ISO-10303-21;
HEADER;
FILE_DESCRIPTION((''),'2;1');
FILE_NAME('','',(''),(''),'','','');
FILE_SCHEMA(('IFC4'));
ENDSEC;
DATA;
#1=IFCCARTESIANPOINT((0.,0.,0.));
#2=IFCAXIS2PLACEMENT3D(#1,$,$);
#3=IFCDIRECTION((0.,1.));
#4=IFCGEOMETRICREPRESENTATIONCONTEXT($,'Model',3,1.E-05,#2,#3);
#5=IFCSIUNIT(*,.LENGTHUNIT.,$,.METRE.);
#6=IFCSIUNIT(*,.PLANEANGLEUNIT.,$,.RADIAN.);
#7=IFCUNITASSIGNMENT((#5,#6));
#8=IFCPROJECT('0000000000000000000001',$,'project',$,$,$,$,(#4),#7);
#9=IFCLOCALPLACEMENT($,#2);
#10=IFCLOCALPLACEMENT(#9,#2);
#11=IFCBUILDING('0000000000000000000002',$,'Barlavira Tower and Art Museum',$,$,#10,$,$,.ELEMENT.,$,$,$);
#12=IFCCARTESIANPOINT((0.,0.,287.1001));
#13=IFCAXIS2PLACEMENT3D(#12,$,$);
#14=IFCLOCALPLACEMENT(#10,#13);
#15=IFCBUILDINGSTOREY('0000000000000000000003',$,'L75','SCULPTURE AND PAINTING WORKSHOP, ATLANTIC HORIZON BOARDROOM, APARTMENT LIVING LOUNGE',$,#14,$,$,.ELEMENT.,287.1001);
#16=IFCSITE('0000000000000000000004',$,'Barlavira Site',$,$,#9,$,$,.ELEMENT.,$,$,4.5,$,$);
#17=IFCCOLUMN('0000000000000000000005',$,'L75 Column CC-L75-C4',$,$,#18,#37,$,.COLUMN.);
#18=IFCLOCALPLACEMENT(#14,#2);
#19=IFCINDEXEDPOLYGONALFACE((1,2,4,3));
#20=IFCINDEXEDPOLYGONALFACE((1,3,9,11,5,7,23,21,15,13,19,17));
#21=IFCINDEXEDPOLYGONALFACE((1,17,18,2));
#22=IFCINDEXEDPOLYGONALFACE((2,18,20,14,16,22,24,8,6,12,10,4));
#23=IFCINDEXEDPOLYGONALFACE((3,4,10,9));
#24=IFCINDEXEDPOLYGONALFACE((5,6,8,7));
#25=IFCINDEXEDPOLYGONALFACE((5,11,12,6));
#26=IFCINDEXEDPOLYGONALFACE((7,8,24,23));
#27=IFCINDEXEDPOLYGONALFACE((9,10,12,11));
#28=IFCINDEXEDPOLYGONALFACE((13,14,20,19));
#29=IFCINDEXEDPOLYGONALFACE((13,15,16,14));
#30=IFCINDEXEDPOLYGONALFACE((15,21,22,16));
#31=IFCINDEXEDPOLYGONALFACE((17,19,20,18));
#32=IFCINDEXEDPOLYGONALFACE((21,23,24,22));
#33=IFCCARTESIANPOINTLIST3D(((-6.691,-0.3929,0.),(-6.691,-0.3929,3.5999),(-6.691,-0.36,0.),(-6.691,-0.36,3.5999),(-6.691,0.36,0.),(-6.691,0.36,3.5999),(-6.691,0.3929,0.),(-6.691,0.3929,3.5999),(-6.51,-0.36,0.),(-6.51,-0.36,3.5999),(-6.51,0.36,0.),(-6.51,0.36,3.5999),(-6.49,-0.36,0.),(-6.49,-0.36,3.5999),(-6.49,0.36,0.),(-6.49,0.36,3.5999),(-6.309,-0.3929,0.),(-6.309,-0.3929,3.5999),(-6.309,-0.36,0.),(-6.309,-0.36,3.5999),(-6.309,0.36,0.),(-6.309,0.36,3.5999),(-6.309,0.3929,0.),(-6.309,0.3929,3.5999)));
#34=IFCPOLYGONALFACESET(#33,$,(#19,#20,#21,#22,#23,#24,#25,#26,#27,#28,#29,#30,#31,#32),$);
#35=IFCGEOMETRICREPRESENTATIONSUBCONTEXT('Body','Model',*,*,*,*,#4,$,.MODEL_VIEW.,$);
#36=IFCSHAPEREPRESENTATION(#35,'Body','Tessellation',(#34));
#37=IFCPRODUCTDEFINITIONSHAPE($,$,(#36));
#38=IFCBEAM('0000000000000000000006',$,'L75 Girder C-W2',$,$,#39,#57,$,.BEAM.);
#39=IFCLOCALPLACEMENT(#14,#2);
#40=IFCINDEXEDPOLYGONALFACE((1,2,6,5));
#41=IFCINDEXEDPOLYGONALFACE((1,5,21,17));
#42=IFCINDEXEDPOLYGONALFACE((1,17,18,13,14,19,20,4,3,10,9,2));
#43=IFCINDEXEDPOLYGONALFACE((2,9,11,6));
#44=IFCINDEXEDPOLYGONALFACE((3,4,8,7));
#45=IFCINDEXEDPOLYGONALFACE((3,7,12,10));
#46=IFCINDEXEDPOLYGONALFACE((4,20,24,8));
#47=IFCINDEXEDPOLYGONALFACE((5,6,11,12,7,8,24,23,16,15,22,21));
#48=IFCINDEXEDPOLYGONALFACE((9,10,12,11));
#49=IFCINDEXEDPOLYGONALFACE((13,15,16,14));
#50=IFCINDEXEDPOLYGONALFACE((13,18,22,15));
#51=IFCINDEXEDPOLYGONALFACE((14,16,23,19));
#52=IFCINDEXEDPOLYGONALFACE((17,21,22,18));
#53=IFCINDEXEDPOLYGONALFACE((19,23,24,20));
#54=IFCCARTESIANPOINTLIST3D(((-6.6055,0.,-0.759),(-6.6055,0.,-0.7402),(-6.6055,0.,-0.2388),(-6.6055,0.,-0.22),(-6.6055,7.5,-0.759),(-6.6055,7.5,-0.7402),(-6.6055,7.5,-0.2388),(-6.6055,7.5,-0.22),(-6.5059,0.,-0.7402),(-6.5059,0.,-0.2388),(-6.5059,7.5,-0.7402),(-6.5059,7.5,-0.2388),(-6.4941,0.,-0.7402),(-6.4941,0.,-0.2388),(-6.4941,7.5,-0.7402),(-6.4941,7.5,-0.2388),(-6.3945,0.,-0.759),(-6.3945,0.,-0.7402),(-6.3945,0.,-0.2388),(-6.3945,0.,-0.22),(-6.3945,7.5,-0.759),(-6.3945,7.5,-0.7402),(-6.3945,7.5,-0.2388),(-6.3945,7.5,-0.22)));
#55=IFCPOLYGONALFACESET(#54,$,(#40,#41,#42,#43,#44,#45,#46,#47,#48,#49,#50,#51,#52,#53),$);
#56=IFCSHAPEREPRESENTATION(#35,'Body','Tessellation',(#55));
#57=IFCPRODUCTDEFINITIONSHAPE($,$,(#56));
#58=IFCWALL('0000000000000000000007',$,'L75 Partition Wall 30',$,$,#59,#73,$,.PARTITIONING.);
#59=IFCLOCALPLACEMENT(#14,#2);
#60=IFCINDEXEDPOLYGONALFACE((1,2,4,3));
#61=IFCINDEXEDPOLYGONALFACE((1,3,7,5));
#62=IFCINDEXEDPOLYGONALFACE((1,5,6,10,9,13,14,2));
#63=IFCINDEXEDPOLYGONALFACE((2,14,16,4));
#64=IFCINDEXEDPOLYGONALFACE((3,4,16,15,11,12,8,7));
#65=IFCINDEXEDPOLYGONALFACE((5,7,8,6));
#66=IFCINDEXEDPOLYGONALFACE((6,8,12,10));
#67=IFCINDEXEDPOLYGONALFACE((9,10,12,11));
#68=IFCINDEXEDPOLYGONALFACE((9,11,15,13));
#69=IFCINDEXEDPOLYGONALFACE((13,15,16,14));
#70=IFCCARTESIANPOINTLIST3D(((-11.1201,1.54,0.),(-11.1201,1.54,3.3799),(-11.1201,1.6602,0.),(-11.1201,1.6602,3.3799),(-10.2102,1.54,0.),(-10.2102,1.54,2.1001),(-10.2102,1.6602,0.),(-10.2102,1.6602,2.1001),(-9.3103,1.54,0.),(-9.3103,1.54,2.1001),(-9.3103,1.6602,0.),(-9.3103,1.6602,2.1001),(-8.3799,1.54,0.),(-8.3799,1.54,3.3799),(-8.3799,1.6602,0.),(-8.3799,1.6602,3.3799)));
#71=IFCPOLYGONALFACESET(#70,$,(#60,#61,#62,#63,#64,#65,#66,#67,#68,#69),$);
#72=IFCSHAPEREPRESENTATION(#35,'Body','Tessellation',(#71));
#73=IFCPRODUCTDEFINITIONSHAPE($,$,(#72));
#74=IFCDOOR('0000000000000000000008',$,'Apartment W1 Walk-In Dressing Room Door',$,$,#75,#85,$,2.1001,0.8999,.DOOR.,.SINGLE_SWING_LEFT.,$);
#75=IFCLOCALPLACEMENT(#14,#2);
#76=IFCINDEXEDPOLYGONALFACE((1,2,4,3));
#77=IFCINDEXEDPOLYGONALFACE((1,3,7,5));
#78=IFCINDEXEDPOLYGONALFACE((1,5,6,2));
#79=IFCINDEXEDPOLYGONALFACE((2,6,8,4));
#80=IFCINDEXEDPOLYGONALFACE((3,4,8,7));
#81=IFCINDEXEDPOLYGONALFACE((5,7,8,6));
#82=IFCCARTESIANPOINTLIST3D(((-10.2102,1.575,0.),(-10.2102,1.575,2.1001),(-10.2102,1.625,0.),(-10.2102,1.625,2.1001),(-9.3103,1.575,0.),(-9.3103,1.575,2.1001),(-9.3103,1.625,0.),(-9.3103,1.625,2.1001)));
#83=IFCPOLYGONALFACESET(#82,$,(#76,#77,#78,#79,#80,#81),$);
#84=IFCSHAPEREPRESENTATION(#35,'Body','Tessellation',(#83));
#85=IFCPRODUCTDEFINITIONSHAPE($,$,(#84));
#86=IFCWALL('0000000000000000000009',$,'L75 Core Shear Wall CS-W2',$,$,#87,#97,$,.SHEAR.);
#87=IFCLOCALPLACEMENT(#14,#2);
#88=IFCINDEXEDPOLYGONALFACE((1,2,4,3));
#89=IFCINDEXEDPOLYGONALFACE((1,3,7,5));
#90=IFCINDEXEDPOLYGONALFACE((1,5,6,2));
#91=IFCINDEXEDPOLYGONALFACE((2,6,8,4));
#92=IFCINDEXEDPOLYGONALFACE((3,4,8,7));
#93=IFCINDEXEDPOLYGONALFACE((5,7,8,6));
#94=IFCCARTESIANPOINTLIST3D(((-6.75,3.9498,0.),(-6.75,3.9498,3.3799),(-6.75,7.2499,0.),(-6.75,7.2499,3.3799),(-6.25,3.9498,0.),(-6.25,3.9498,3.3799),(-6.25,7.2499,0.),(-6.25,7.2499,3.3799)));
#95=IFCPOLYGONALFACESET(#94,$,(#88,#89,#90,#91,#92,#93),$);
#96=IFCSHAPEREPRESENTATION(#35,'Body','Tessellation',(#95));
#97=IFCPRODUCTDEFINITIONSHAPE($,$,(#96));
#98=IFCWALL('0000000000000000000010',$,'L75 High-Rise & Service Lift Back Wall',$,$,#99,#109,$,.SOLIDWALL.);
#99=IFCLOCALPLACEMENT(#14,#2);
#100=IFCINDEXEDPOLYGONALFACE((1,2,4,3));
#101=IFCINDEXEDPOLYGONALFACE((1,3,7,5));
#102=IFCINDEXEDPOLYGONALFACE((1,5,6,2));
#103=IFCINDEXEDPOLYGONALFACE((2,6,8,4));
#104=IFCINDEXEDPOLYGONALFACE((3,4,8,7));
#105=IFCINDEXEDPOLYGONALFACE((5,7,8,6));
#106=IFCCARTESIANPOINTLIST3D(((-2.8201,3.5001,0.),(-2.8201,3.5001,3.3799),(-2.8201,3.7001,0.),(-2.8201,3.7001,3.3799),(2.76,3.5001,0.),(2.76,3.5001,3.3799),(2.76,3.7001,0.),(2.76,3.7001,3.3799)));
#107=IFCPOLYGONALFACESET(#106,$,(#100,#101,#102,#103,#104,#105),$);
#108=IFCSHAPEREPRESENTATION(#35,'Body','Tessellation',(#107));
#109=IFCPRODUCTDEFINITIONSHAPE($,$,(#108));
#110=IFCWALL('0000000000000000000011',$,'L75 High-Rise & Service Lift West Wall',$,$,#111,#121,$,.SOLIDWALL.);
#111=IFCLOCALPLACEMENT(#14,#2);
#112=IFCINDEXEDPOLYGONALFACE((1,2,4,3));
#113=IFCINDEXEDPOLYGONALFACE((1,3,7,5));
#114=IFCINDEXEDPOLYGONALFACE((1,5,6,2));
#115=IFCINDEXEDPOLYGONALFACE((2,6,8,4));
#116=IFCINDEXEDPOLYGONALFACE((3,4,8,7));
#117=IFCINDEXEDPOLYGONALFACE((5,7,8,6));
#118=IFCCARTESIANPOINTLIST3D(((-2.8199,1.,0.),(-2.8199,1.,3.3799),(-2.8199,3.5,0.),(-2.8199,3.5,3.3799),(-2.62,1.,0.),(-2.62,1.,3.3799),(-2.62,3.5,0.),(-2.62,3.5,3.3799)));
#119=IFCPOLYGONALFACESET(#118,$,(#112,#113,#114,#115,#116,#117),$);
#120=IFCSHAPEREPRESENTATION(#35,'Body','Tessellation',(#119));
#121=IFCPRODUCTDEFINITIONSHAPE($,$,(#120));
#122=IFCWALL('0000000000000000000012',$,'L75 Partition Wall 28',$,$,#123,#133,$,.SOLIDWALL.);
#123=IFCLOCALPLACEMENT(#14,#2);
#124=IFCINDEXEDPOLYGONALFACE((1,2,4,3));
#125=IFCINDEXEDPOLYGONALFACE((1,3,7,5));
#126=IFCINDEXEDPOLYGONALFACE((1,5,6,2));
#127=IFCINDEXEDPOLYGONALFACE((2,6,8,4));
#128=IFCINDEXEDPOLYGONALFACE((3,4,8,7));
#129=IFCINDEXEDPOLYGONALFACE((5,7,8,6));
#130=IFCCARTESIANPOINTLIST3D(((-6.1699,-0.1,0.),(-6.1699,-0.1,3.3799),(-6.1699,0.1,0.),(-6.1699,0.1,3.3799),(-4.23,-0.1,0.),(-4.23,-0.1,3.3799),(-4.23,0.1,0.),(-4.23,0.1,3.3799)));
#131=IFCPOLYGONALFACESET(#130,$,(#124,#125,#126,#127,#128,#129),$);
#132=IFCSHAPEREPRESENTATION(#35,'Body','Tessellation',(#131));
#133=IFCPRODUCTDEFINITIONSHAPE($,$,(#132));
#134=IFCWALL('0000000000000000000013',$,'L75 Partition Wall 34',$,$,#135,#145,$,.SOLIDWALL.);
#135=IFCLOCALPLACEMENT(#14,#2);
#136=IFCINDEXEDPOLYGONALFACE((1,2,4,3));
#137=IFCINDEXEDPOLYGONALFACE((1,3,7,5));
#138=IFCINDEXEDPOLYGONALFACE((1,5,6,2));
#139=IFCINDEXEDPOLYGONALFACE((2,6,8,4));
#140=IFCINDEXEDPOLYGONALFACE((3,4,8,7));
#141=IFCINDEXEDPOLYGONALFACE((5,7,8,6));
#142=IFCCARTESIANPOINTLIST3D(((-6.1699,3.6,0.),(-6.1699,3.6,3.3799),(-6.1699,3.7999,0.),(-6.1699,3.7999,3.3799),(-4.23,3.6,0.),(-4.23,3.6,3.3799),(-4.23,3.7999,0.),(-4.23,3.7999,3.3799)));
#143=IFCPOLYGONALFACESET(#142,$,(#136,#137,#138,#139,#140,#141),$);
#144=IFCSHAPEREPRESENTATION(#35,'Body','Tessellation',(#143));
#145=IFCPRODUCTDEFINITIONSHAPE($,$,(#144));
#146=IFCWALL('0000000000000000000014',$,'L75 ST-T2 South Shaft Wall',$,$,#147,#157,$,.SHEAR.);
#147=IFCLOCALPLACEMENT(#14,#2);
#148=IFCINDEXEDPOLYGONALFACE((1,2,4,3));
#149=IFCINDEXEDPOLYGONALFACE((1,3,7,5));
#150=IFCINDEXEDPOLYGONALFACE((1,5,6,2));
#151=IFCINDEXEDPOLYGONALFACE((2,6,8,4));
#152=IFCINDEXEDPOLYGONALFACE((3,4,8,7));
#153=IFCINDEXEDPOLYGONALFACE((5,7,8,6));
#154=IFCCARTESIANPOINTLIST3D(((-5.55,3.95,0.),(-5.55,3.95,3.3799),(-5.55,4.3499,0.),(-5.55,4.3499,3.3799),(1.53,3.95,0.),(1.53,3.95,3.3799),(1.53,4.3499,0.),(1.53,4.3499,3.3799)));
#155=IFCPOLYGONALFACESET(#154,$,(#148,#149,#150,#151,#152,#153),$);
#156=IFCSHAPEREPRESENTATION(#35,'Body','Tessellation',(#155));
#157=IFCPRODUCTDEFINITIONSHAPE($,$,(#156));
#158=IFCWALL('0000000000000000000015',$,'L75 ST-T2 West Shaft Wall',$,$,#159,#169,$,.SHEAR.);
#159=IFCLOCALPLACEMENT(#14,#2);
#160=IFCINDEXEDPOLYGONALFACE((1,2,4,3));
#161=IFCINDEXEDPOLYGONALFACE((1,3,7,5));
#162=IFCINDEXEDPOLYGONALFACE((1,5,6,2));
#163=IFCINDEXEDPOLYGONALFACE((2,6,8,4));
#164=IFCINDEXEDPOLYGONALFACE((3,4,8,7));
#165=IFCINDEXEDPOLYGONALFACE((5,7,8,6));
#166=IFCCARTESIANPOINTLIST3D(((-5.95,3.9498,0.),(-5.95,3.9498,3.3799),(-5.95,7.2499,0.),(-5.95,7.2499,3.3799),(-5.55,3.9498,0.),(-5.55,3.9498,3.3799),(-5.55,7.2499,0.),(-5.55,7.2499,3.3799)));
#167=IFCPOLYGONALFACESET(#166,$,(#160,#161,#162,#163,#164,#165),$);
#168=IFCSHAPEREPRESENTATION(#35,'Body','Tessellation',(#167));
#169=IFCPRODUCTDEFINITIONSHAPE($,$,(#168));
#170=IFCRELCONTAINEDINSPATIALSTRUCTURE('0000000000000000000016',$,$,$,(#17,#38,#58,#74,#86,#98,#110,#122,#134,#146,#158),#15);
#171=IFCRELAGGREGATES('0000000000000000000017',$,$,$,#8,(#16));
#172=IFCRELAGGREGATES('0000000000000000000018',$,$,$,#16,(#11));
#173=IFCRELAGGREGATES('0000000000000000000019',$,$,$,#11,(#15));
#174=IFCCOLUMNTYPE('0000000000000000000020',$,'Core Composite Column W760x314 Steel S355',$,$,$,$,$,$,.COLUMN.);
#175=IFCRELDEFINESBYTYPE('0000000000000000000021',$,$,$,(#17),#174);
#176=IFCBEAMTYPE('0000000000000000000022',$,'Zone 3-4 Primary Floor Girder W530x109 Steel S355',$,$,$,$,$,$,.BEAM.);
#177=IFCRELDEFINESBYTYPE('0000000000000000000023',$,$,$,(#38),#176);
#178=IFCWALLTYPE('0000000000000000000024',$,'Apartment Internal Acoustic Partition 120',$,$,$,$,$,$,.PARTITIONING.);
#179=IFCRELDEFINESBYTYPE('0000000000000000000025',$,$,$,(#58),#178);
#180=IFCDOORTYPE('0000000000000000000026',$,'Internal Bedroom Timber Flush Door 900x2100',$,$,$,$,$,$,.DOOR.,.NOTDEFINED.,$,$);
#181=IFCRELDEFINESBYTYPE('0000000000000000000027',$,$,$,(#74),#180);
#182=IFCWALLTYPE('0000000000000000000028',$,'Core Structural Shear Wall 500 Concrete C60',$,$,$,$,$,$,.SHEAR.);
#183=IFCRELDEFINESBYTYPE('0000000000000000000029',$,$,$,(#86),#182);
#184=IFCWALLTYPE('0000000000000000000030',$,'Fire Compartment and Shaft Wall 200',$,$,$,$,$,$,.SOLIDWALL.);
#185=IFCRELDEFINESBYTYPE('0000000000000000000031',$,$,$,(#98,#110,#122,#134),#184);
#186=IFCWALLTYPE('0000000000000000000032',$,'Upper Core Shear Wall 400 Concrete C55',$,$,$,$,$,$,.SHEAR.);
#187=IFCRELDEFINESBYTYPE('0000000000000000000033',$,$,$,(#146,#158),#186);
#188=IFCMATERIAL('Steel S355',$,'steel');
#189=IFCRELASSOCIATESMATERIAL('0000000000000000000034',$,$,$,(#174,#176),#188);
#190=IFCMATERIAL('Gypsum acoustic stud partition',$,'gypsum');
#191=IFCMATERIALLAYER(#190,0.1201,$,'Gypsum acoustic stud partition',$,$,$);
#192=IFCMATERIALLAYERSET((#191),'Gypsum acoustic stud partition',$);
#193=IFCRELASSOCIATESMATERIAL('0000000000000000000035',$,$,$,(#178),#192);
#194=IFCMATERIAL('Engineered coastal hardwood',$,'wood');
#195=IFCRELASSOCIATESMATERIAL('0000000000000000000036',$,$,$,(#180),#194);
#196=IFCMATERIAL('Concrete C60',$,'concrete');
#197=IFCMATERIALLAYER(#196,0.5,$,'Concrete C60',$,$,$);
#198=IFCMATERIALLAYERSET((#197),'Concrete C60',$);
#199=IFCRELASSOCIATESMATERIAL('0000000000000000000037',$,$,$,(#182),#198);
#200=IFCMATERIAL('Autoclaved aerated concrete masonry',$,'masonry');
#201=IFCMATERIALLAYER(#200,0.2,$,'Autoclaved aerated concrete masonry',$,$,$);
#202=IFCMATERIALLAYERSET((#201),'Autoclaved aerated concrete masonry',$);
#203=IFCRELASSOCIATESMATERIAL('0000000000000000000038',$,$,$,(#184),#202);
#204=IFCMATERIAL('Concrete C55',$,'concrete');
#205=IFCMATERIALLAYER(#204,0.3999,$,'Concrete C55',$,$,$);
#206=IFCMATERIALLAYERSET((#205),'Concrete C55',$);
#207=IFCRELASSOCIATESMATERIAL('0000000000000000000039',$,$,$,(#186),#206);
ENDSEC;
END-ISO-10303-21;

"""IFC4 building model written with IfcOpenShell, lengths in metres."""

from ifc_helpers import new_model, si_unit, direction, frame, frame_2d, origin, origin_2d, place, context, subcontext, project, spatial, rectangle, i_section, extrude, material, layer, layer_set, material_profile, profile_set, type_object, element, fill, save


model = new_model("IFC4")

# Units and contexts
model_context = context("Model", 3, precision=1e-05, world=origin(), true_north=direction((0.0, 1.0)))
body_context = subcontext(model_context, "Body", "Model", "MODEL_VIEW")
ifc_project = project(units=[si_unit("LENGTHUNIT", "METRE"), si_unit("PLANEANGLEUNIT", "RADIAN")], contexts=[model_context])

# Site, building, storey
site_placement = place(None, origin())
site = spatial("IfcSite", under=ifc_project, at=site_placement, Name="Barlavira Site", CompositionType="ELEMENT", RefElevation=4.5)
building_placement = place(site_placement, origin())
building = spatial("IfcBuilding", under=site, at=building_placement, Name="Barlavira Tower and Art Museum", CompositionType="ELEMENT")
storey_placement = place(building_placement, frame((0.0, 0.0, 287.1001)))
storey = spatial("IfcBuildingStorey", under=building, at=storey_placement, Name="L75", Description="SCULPTURE AND PAINTING WORKSHOP, ATLANTIC HORIZON BOARDROOM, APARTMENT LIVING LOUNGE", CompositionType="ELEMENT", Elevation=287.1001)

# Column
ifc_material_1 = material(Name="Steel S355", Category="steel")
ifc_material_profile_1 = material_profile(ifc_material_1, i_section(OverallWidth=0.3821, OverallDepth=0.7859, WebThickness=0.02, FlangeThickness=0.033, at=origin_2d()), Name="W760x314.0")
ifc_profile_set_1 = profile_set([ifc_material_profile_1], Name="Steel S355")
column_type = type_object("IfcColumnType", Name="Core Composite Column W760x314 Steel S355", PredefinedType="COLUMN", material=ifc_profile_set_1)
column_placement = place(storey_placement, frame((-6.5, 0.0, 0.0), z_axis=(0.0, 0.0, 1.0), x_axis=(1.0, 0.0, 0.0)))
element("IfcColumn", 1, at=column_placement, inside=storey, type_object=column_type, Name="L75 Column CC-L75-C4", PredefinedType="COLUMN", context=body_context, shape_type="SweptSolid", body=[
    extrude(i_section(OverallWidth=0.3821, OverallDepth=0.7859, WebThickness=0.02, FlangeThickness=0.033, at=origin_2d()), origin(), (0.0, 0.0, 1.0), 3.5999),
])

# Beam
ifc_material_profile_2 = material_profile(ifc_material_1, i_section(OverallWidth=0.2109, OverallDepth=0.5391, WebThickness=0.0117, FlangeThickness=0.0188, at=origin_2d()), Name="W530x109.0")
ifc_profile_set_2 = profile_set([ifc_material_profile_2], Name="Steel S355")
beam_type = type_object("IfcBeamType", Name="Zone 3-4 Primary Floor Girder W530x109 Steel S355", PredefinedType="BEAM", material=ifc_profile_set_2)
beam_placement = place(storey_placement, frame((-6.5, 0.0, -0.4895), z_axis=(0.0, 1.0, 0.0), x_axis=(-1.0, 0.0, 0.0)))
element("IfcBeam", 2, at=beam_placement, inside=storey, type_object=beam_type, Name="L75 Girder C-W2", PredefinedType="BEAM", context=body_context, shape_type="SweptSolid", body=[
    extrude(i_section(OverallWidth=0.2109, OverallDepth=0.5391, WebThickness=0.0117, FlangeThickness=0.0188, at=origin_2d()), origin(), (0.0, 0.0, 1.0), 7.5),
])

# Wall, opening, door
ifc_material_2 = material(Name="Gypsum acoustic stud partition", Category="gypsum")
ifc_layer_1 = layer(ifc_material_2, 0.1201, Name="Gypsum acoustic stud partition")
ifc_layer_set_1 = layer_set([ifc_layer_1], Name="Gypsum acoustic stud partition")
wall_type_1 = type_object("IfcWallType", Name="Apartment Internal Acoustic Partition 120", PredefinedType="PARTITIONING", material=ifc_layer_set_1)
wall_1_placement = place(storey_placement, frame((-11.1201, 1.6001, 0.0), z_axis=(0.0, 0.0, 1.0), x_axis=(1.0, 0.0, 0.0)))
wall_1 = element("IfcWall", 3, at=wall_1_placement, inside=storey, type_object=wall_type_1, Name="L75 Partition Wall 30", PredefinedType="PARTITIONING", context=body_context, shape_type="SweptSolid", body=[
    extrude(rectangle(XDim=2.7402, YDim=0.1201, at=frame_2d((1.3701, 0.0))), origin(), (0.0, 0.0, 1.0), 3.3799),
])
opening_1_placement = place(wall_1_placement, frame((0.9099, 0.0, 0.0)))
opening_1 = element("IfcOpeningElement", 4, at=opening_1_placement, cuts=wall_1, PredefinedType="OPENING", context=body_context, shape_type="SweptSolid", body=[
    extrude(rectangle(XDim=0.8999, YDim=2.1001, at=frame_2d((0.45, 1.05))), frame((0.0, 0.0701, 0.0), z_axis=(0.0, -1.0, 0.0), x_axis=(1.0, 0.0, 0.0)), (0.0, 0.0, 1.0), 0.1401),
])
ifc_material_3 = material(Name="Engineered coastal hardwood", Category="wood")
door_type_1 = type_object("IfcDoorType", Name="Internal Bedroom Timber Flush Door 900x2100", OperationType="NOTDEFINED", PredefinedType="DOOR", material=ifc_material_3)
door_1_placement = place(opening_1_placement, origin())
door_1 = element("IfcDoor", 5, at=door_1_placement, inside=storey, type_object=door_type_1, Name="Apartment W1 Walk-In Dressing Room Door", OperationType="SINGLE_SWING_LEFT", OverallHeight=2.1001, OverallWidth=0.8999, PredefinedType="DOOR", context=body_context, shape_type="SweptSolid", body=[
    extrude(rectangle(XDim=0.8999, YDim=2.1001, at=frame_2d((0.45, 1.05))), frame((0.0, 0.0249, 0.0), z_axis=(0.0, -1.0, 0.0), x_axis=(1.0, 0.0, 0.0)), (0.0, 0.0, 1.0), 0.05),
])
fill(opening_1, door_1)

# Wall
ifc_material_4 = material(Name="Concrete C60", Category="concrete")
ifc_layer_2 = layer(ifc_material_4, 0.5, Name="Concrete C60")
ifc_layer_set_2 = layer_set([ifc_layer_2], Name="Concrete C60")
wall_type_2 = type_object("IfcWallType", Name="Core Structural Shear Wall 500 Concrete C60", PredefinedType="SHEAR", material=ifc_layer_set_2)
wall_2_placement = place(storey_placement, frame((-6.5, 3.95, 0.0), z_axis=(0.0, 0.0, 1.0), x_axis=(0.0, 1.0, 0.0)))
element("IfcWall", 6, at=wall_2_placement, inside=storey, type_object=wall_type_2, Name="L75 Core Shear Wall CS-W2", PredefinedType="SHEAR", context=body_context, shape_type="SweptSolid", body=[
    extrude(rectangle(XDim=3.3, YDim=0.5, at=frame_2d((1.6499, 0.0))), origin(), (0.0, 0.0, 1.0), 3.3799),
])

# Shared definitions
ifc_material_5 = material(Name="Autoclaved aerated concrete masonry", Category="masonry")
ifc_layer_3 = layer(ifc_material_5, 0.2, Name="Autoclaved aerated concrete masonry")
ifc_layer_set_3 = layer_set([ifc_layer_3], Name="Autoclaved aerated concrete masonry")
wall_type_3 = type_object("IfcWallType", Name="Fire Compartment and Shaft Wall 200", PredefinedType="SOLIDWALL", material=ifc_layer_set_3)

# Walls
wall_3_placement = place(storey_placement, frame((-2.8201, 3.6001, 0.0), z_axis=(0.0, 0.0, 1.0), x_axis=(1.0, 0.0, 0.0)))
element("IfcWall", 7, at=wall_3_placement, inside=storey, type_object=wall_type_3, Name="L75 High-Rise & Service Lift Back Wall", PredefinedType="SOLIDWALL", context=body_context, shape_type="SweptSolid", body=[
    extrude(rectangle(XDim=5.5801, YDim=0.2, at=frame_2d((2.79, 0.0))), origin(), (0.0, 0.0, 1.0), 3.3799),
])
wall_4_placement = place(storey_placement, frame((-2.72, 1.0, 0.0), z_axis=(0.0, 0.0, 1.0), x_axis=(0.0, 1.0, 0.0)))
element("IfcWall", 8, at=wall_4_placement, inside=storey, type_object=wall_type_3, Name="L75 High-Rise & Service Lift West Wall", PredefinedType="SOLIDWALL", context=body_context, shape_type="SweptSolid", body=[
    extrude(rectangle(XDim=2.5, YDim=0.2, at=frame_2d((1.25, 0.0))), origin(), (0.0, 0.0, 1.0), 3.3799),
])
for number, where, z_axis, x_axis, name in (
    (9, (-6.1699, 0.0, 0.0), (0.0, 0.0, 1.0), (1.0, 0.0, 0.0), "L75 Partition Wall 28"),
    (10, (-6.1699, 3.7, 0.0), (0.0, 0.0, 1.0), (1.0, 0.0, 0.0), "L75 Partition Wall 34"),
):
    element("IfcWall", number, at=place(storey_placement, frame(where, z_axis=z_axis, x_axis=x_axis)), inside=storey, type_object=wall_type_3, Name=name, PredefinedType="SOLIDWALL", context=body_context, shape_type="SweptSolid", body=[
        extrude(rectangle(XDim=1.9399, YDim=0.2, at=frame_2d((0.97, 0.0))), origin(), (0.0, 0.0, 1.0), 3.3799),
    ])
ifc_material_6 = material(Name="Concrete C55", Category="concrete")
ifc_layer_4 = layer(ifc_material_6, 0.3999, Name="Concrete C55")
ifc_layer_set_4 = layer_set([ifc_layer_4], Name="Concrete C55")
wall_type_4 = type_object("IfcWallType", Name="Upper Core Shear Wall 400 Concrete C55", PredefinedType="SHEAR", material=ifc_layer_set_4)
wall_5_placement = place(storey_placement, frame((-5.55, 4.1499, 0.0), z_axis=(0.0, 0.0, 1.0), x_axis=(1.0, 0.0, 0.0)))
element("IfcWall", 11, at=wall_5_placement, inside=storey, type_object=wall_type_4, Name="L75 ST-T2 South Shaft Wall", PredefinedType="SHEAR", context=body_context, shape_type="SweptSolid", body=[
    extrude(rectangle(XDim=7.0801, YDim=0.3999, at=frame_2d((3.54, 0.0))), origin(), (0.0, 0.0, 1.0), 3.3799),
])
wall_6_placement = place(storey_placement, frame((-5.75, 3.95, 0.0), z_axis=(0.0, 0.0, 1.0), x_axis=(0.0, 1.0, 0.0)))
element("IfcWall", 12, at=wall_6_placement, inside=storey, type_object=wall_type_4, Name="L75 ST-T2 West Shaft Wall", PredefinedType="SHEAR", context=body_context, shape_type="SweptSolid", body=[
    extrude(rectangle(XDim=3.3, YDim=0.3999, at=frame_2d((1.6499, 0.0))), origin(), (0.0, 0.0, 1.0), 3.3799),
])

save(model, "model.ifc")
